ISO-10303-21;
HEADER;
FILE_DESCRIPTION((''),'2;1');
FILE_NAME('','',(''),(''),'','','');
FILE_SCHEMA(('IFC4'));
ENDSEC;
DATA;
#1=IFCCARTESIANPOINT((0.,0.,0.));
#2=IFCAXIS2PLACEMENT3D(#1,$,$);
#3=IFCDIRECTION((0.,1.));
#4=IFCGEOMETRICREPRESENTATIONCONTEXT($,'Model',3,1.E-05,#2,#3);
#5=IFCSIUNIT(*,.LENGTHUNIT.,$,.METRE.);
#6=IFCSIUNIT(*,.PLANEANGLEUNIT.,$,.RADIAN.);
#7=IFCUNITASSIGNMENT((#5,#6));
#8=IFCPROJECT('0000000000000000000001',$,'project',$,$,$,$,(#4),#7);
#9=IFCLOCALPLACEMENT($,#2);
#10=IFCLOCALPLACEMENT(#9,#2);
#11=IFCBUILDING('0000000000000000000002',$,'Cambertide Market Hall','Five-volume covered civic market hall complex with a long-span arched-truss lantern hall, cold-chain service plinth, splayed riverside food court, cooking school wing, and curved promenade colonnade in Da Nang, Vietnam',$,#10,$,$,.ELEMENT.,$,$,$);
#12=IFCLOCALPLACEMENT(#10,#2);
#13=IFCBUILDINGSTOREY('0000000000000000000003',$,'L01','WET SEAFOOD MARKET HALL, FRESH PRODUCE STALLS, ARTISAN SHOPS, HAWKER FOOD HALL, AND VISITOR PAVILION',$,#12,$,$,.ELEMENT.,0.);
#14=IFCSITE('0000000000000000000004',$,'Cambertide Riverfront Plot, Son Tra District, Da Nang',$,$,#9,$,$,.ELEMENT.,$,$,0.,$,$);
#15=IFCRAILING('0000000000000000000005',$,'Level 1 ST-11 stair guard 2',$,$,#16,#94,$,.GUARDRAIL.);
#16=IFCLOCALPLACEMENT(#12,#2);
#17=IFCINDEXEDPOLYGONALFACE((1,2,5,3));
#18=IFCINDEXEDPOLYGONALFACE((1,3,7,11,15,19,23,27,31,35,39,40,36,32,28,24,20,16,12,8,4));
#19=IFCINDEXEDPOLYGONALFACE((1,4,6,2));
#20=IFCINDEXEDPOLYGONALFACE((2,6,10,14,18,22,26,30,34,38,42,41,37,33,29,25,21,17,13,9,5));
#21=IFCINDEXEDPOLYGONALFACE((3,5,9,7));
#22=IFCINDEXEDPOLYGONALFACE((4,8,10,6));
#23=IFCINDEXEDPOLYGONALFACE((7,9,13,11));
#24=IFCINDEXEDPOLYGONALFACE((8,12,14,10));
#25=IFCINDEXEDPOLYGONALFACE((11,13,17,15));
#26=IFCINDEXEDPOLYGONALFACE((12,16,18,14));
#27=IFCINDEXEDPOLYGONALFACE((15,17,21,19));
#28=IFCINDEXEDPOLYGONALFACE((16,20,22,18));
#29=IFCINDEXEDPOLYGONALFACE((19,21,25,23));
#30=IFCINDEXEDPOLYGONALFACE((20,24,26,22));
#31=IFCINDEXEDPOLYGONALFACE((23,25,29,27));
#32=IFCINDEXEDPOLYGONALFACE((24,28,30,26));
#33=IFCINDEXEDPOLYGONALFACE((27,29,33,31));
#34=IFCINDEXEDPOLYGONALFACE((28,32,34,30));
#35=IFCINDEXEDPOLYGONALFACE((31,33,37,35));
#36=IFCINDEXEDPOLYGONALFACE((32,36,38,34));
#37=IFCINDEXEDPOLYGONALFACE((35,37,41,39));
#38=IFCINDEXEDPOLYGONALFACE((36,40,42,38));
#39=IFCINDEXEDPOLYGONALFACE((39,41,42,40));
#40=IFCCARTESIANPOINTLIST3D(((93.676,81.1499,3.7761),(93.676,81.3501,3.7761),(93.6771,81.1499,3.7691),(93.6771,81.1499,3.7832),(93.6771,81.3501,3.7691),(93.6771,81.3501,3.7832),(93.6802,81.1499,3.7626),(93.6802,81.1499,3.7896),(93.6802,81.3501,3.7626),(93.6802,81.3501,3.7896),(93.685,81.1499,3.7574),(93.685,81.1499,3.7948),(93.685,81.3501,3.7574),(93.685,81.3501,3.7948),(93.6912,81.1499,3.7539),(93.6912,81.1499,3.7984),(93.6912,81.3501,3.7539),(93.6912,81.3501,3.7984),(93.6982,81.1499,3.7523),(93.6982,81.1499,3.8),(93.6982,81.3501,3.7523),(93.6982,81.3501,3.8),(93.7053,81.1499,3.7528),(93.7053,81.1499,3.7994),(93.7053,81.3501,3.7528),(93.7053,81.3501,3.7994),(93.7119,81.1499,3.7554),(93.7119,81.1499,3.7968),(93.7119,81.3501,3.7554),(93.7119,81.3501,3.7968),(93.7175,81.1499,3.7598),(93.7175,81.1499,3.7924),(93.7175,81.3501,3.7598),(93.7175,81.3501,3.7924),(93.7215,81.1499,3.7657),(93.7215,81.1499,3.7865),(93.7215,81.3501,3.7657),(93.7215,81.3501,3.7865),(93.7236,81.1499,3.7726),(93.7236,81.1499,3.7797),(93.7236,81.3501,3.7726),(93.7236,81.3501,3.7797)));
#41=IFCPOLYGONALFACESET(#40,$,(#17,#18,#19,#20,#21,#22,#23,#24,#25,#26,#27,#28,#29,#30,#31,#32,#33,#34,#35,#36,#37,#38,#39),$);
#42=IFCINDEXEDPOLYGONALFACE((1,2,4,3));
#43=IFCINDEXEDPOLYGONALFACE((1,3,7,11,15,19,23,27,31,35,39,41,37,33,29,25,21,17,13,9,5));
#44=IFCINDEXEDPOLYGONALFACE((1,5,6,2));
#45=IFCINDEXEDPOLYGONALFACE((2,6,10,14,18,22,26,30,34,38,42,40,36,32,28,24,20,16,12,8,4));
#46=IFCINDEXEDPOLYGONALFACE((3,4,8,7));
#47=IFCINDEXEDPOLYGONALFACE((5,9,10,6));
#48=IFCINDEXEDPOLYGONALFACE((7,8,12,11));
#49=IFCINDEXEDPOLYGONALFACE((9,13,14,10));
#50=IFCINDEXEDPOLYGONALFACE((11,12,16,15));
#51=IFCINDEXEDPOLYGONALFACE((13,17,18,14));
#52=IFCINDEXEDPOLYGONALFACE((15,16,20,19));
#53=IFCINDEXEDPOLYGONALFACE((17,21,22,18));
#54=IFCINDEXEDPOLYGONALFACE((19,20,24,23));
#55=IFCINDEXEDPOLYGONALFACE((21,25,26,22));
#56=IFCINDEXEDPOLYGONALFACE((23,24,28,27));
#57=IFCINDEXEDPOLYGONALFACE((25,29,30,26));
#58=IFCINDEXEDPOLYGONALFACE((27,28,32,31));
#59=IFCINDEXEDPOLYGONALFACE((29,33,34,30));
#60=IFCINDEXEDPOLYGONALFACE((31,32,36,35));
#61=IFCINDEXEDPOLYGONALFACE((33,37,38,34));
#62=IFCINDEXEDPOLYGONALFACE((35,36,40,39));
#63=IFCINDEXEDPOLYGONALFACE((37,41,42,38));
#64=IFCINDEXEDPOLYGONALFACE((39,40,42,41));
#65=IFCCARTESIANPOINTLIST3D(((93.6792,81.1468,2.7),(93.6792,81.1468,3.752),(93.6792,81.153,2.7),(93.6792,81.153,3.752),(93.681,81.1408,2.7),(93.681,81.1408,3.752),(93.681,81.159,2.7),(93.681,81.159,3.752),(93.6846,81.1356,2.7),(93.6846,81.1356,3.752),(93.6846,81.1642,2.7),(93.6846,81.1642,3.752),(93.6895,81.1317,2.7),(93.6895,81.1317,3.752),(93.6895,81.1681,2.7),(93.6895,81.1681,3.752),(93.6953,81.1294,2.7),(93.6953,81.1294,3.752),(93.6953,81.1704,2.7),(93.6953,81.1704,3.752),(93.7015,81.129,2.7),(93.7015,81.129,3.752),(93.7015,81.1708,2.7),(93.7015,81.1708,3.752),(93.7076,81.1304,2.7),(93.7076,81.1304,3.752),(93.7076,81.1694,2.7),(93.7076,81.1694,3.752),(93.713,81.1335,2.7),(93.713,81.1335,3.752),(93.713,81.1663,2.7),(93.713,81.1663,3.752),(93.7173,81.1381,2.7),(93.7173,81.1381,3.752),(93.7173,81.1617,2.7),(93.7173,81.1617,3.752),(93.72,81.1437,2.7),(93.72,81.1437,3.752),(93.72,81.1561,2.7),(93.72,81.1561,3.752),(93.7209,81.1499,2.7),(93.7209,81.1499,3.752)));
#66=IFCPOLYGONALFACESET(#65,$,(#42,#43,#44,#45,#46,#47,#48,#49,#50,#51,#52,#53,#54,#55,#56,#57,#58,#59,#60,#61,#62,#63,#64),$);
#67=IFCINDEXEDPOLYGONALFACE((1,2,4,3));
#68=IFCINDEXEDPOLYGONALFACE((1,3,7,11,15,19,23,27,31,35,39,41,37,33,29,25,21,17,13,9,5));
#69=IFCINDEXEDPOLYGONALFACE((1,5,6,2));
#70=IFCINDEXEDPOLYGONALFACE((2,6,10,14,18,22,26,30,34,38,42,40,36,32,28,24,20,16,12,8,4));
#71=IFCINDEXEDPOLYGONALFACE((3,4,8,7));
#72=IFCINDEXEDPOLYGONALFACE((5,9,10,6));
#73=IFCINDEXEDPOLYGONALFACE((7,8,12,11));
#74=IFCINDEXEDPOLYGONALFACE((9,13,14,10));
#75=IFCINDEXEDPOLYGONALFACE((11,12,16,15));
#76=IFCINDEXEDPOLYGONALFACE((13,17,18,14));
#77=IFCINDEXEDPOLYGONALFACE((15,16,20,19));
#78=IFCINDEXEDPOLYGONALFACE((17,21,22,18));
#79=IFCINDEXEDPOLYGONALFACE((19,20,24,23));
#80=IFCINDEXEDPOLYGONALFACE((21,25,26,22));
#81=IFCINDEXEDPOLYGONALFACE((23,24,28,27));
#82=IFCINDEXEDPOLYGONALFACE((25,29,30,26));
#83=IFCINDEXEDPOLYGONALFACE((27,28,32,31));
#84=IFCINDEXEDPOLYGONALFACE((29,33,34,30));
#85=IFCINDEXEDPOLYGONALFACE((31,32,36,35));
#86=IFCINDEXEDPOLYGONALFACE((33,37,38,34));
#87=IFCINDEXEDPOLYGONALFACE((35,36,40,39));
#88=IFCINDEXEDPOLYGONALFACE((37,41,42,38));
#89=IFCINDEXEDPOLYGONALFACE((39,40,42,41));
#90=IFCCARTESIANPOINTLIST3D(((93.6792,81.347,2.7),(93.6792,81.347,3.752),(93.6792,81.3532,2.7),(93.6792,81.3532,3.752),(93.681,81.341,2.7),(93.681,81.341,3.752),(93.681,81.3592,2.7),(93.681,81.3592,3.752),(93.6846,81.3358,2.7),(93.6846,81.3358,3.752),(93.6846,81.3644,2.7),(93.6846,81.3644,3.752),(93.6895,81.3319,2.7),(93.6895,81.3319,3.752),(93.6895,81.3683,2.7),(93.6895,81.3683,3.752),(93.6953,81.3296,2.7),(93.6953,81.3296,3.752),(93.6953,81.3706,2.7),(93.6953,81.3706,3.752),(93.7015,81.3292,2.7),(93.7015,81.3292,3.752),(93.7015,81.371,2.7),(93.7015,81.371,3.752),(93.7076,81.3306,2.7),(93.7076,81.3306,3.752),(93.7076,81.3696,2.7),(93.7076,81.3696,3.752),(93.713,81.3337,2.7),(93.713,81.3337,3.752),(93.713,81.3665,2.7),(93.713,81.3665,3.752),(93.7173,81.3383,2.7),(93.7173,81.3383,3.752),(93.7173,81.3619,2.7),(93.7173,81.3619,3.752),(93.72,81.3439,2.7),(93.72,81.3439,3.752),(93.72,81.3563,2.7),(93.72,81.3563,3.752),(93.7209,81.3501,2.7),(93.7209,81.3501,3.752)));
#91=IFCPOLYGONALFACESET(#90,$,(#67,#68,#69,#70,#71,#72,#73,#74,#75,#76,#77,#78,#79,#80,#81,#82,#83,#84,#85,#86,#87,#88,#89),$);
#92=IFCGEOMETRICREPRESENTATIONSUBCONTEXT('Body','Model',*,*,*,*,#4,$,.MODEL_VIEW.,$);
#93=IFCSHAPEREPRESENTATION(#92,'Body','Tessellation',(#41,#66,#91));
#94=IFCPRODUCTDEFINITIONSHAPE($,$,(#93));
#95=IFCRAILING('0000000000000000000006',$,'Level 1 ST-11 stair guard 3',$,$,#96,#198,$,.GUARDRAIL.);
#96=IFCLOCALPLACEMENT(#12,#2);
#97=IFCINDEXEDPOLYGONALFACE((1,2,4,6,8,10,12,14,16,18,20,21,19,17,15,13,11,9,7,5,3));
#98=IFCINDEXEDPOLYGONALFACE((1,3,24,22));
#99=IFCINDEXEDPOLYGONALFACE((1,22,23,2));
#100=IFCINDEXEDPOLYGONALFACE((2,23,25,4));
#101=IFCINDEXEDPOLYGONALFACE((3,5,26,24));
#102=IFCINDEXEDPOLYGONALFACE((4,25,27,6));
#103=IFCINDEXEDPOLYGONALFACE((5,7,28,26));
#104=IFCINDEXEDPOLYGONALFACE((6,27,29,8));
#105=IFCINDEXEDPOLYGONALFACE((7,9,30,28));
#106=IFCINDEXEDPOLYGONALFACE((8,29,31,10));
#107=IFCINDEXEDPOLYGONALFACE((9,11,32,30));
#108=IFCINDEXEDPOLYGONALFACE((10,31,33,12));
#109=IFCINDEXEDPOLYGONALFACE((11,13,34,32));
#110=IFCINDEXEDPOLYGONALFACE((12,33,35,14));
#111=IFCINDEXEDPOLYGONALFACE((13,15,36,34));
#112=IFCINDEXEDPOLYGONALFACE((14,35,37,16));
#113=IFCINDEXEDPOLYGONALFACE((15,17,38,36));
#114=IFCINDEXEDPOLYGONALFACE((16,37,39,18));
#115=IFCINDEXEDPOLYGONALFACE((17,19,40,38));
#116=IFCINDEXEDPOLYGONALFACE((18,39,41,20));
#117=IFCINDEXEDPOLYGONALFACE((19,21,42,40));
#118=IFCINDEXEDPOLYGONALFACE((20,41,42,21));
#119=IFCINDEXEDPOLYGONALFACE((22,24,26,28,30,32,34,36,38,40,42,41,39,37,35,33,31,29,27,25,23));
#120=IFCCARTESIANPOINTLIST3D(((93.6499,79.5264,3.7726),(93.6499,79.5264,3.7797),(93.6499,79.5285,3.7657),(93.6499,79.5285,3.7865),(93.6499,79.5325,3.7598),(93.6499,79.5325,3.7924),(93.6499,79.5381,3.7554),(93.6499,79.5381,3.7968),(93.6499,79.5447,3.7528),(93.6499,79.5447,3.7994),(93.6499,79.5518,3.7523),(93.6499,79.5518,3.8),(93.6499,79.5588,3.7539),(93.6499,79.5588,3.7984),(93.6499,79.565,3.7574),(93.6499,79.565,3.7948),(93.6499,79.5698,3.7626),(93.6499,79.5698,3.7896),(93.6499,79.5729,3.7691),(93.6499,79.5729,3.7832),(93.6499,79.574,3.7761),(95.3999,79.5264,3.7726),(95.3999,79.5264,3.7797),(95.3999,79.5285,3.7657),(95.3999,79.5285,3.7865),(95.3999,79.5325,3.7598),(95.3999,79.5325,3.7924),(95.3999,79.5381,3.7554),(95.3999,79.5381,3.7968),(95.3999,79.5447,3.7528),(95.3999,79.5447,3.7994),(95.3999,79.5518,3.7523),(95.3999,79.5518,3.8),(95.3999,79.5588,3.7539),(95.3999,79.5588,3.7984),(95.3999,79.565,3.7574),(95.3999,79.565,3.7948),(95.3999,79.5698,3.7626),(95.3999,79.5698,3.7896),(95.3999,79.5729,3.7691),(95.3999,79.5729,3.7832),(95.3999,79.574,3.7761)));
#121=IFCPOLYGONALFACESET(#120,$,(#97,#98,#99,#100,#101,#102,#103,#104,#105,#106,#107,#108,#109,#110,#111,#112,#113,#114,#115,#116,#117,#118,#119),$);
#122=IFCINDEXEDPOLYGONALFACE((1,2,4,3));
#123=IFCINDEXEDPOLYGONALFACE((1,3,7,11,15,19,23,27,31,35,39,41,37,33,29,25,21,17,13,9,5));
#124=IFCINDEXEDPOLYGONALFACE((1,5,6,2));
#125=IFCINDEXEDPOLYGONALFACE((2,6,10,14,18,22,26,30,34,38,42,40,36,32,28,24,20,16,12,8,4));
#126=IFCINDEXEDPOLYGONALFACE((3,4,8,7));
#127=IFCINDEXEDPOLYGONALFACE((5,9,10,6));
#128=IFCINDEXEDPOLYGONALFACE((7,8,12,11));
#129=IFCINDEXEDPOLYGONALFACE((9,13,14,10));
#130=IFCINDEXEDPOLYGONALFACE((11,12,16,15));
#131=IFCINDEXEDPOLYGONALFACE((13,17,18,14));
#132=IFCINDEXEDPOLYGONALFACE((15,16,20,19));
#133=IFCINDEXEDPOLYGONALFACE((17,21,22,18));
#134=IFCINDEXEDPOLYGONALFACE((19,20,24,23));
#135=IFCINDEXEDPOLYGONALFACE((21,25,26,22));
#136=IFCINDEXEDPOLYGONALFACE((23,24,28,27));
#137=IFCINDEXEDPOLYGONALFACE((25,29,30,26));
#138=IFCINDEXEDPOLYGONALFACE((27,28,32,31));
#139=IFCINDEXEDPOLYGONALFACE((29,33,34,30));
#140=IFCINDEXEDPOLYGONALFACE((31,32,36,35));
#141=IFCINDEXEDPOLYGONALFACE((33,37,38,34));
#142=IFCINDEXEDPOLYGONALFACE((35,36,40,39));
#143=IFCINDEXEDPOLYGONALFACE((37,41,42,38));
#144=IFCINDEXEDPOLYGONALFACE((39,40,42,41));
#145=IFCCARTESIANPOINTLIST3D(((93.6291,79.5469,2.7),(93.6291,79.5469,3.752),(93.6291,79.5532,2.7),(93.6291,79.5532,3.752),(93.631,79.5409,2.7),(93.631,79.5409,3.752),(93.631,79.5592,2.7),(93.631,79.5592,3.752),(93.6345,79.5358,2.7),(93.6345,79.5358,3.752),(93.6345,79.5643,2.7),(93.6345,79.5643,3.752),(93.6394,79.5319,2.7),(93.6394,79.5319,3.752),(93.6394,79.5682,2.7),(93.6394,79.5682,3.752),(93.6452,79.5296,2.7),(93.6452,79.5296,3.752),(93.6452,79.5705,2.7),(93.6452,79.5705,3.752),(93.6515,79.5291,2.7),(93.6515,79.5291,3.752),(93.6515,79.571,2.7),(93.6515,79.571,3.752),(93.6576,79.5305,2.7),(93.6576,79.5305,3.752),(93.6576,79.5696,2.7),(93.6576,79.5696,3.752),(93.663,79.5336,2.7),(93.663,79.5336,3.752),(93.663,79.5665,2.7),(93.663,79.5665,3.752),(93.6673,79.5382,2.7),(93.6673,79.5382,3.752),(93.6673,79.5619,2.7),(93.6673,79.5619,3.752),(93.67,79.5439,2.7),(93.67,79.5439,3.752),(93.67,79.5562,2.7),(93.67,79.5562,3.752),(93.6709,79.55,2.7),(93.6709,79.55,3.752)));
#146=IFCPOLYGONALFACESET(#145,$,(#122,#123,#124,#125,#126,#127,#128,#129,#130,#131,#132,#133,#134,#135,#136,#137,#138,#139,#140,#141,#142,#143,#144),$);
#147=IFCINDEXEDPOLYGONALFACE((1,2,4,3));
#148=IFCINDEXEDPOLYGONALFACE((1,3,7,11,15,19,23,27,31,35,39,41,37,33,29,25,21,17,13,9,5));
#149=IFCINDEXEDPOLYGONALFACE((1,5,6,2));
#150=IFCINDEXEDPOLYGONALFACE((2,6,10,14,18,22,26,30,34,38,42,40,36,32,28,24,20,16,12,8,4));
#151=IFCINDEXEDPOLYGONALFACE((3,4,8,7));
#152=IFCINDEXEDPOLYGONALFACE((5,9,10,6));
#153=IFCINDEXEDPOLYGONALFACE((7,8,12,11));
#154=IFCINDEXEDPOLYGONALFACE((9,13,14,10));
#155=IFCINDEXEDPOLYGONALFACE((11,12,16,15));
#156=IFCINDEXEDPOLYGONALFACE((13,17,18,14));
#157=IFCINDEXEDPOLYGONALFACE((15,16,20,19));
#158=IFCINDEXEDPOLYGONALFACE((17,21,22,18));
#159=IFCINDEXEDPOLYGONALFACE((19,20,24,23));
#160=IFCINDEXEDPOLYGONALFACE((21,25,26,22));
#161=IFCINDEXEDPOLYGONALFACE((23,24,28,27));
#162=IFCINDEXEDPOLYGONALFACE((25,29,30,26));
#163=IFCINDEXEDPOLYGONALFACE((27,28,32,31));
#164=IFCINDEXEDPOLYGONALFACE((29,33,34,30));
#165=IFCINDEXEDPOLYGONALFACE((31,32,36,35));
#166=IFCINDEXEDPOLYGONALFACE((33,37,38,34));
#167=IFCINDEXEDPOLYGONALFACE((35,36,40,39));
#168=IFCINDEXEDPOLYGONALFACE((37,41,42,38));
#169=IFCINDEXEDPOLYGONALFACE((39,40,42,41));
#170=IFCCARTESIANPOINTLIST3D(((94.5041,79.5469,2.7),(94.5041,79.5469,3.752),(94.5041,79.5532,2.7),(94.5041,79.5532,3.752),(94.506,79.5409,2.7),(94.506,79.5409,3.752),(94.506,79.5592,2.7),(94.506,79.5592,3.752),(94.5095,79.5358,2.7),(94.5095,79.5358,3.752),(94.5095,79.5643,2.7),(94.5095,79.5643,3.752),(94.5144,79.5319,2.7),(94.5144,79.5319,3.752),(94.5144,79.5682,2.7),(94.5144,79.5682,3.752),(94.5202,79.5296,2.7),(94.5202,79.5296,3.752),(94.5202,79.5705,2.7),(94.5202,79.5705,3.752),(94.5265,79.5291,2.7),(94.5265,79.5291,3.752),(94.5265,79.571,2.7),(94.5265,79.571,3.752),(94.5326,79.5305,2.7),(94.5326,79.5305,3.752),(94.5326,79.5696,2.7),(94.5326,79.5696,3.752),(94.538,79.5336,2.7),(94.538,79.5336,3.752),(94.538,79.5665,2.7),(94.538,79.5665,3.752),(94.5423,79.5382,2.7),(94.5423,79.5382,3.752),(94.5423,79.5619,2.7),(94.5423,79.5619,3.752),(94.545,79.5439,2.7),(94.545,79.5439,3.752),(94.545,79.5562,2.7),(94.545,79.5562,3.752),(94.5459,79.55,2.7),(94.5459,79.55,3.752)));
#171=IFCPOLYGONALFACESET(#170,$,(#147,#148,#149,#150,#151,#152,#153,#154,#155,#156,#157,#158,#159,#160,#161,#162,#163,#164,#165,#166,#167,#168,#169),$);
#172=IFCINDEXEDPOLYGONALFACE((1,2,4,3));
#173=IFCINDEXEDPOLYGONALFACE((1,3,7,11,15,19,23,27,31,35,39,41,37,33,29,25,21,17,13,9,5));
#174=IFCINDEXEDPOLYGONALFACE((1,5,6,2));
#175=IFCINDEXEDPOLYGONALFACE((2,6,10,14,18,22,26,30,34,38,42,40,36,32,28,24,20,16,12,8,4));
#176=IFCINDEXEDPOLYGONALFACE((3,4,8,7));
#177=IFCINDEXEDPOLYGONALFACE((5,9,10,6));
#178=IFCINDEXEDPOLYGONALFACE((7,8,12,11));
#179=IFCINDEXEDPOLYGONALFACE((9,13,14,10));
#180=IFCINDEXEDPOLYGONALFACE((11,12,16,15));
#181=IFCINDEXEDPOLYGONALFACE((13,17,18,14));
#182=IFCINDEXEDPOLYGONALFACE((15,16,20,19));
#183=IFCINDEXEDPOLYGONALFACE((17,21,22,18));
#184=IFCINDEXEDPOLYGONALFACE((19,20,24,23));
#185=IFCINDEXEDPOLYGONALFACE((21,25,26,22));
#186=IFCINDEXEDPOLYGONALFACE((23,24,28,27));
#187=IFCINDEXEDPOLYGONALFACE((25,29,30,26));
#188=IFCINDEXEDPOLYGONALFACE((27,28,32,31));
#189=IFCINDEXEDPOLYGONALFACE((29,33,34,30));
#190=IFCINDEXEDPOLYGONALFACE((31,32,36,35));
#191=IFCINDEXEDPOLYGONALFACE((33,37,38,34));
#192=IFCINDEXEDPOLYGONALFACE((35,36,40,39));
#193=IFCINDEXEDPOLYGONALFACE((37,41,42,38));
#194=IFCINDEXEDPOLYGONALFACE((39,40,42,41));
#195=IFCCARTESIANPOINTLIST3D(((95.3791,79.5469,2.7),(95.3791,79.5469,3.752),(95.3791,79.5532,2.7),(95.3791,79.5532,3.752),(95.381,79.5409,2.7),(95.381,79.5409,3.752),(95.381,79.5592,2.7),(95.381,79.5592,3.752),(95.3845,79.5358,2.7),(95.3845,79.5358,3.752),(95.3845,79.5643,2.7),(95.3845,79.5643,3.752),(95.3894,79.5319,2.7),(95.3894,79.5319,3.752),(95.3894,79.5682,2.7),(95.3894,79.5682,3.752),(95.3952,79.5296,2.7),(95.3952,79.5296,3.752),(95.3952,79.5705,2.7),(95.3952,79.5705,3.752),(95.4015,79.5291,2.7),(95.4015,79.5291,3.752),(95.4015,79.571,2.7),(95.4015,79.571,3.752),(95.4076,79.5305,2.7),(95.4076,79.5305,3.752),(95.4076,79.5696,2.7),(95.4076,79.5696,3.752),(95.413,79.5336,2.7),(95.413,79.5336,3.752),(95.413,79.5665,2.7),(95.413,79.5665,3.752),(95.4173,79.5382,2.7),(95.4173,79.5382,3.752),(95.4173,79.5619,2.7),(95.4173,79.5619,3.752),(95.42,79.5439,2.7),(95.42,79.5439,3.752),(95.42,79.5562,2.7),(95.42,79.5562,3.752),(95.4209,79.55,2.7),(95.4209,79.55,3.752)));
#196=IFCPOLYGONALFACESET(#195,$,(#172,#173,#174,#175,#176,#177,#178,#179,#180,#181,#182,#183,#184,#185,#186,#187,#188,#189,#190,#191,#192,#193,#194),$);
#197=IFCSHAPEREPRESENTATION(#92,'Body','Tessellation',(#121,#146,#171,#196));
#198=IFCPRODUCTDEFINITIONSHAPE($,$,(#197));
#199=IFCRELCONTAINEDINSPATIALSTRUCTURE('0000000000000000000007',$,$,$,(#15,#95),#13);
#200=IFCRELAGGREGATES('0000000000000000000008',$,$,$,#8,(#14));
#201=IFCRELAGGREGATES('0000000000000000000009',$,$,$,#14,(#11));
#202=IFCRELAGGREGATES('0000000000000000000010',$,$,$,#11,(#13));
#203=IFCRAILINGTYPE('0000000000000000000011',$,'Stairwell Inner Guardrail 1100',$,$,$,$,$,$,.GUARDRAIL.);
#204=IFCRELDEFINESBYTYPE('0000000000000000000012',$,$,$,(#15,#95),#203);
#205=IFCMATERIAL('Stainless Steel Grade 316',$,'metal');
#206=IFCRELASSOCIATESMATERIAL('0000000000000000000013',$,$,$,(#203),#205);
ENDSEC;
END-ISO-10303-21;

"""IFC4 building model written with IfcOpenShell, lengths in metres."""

from ifc_helpers import new_model, si_unit, direction, frame, origin, origin_2d, place, context, subcontext, project, spatial, circle, extrude, material, type_object, element, save


model = new_model("IFC4")

# Units and contexts
model_context = context("Model", 3, precision=1e-05, world=origin(), true_north=direction((0.0, 1.0)))
body_context = subcontext(model_context, "Body", "Model", "MODEL_VIEW")
ifc_project = project(units=[si_unit("LENGTHUNIT", "METRE"), si_unit("PLANEANGLEUNIT", "RADIAN")], contexts=[model_context])

# Site, building, storey
site_placement = place(None, origin())
site = spatial("IfcSite", under=ifc_project, at=site_placement, Name="Cambertide Riverfront Plot, Son Tra District, Da Nang", CompositionType="ELEMENT", RefElevation=0.0)
building_placement = place(site_placement, origin())
building = spatial("IfcBuilding", under=site, at=building_placement, Name="Cambertide Market Hall", Description="Five-volume covered civic market hall complex with a long-span arched-truss lantern hall, cold-chain service plinth, splayed riverside food court, cooking school wing, and curved promenade colonnade in Da Nang, Vietnam", CompositionType="ELEMENT")
storey_placement = place(building_placement, origin())
storey = spatial("IfcBuildingStorey", under=building, at=storey_placement, Name="L01", Description="WET SEAFOOD MARKET HALL, FRESH PRODUCE STALLS, ARTISAN SHOPS, HAWKER FOOD HALL, AND VISITOR PAVILION", CompositionType="ELEMENT", Elevation=0.0)

# Railings
ifc_material_1 = material(Name="Stainless Steel Grade 316", Category="metal")
railing_type_1 = type_object("IfcRailingType", Name="Stairwell Inner Guardrail 1100", PredefinedType="GUARDRAIL", material=ifc_material_1)
railing_1_placement = place(storey_placement, frame((93.7, 81.1499, 2.7)))
element("IfcRailing", 1, at=railing_1_placement, inside=storey, type_object=railing_type_1, Name="Level 1 ST-11 stair guard 2", PredefinedType="GUARDRAIL", context=body_context, shape_type="SweptSolid", body=[
    extrude(circle(Radius=0.0239, at=origin_2d()), frame((0.0, 0.0, 1.0762), z_axis=(0.0, 1.0, 0.0), x_axis=(-1.0, 0.0, 0.0)), (0.0, 0.0, 1.0), 0.2002),
    extrude(circle(Radius=0.021, at=origin_2d()), origin(), (0.0, 0.0, 1.0), 1.052),
    extrude(circle(Radius=0.021, at=origin_2d()), frame((0.0, 0.2002, 0.0)), (0.0, 0.0, 1.0), 1.052),
])
for number, where, name in (
    (2, (93.6499, 79.55, 2.7), "Level 1 ST-11 stair guard 3"),
):
    element("IfcRailing", number, at=place(storey_placement, frame(where)), inside=storey, type_object=railing_type_1, Name=name, PredefinedType="GUARDRAIL", context=body_context, shape_type="SweptSolid", body=[
        extrude(circle(Radius=0.0239, at=origin_2d()), frame((0.0, 0.0, 1.0762), z_axis=(1.0, 0.0, 0.0), x_axis=(0.0, 1.0, 0.0)), (0.0, 0.0, 1.0), 1.75),
        extrude(circle(Radius=0.021, at=origin_2d()), origin(), (0.0, 0.0, 1.0), 1.052),
        extrude(circle(Radius=0.021, at=origin_2d()), frame((0.875, 0.0, 0.0)), (0.0, 0.0, 1.0), 1.052),
        extrude(circle(Radius=0.021, at=origin_2d()), frame((1.75, 0.0, 0.0)), (0.0, 0.0, 1.0), 1.052),
    ])

save(model, "model.ifc")
